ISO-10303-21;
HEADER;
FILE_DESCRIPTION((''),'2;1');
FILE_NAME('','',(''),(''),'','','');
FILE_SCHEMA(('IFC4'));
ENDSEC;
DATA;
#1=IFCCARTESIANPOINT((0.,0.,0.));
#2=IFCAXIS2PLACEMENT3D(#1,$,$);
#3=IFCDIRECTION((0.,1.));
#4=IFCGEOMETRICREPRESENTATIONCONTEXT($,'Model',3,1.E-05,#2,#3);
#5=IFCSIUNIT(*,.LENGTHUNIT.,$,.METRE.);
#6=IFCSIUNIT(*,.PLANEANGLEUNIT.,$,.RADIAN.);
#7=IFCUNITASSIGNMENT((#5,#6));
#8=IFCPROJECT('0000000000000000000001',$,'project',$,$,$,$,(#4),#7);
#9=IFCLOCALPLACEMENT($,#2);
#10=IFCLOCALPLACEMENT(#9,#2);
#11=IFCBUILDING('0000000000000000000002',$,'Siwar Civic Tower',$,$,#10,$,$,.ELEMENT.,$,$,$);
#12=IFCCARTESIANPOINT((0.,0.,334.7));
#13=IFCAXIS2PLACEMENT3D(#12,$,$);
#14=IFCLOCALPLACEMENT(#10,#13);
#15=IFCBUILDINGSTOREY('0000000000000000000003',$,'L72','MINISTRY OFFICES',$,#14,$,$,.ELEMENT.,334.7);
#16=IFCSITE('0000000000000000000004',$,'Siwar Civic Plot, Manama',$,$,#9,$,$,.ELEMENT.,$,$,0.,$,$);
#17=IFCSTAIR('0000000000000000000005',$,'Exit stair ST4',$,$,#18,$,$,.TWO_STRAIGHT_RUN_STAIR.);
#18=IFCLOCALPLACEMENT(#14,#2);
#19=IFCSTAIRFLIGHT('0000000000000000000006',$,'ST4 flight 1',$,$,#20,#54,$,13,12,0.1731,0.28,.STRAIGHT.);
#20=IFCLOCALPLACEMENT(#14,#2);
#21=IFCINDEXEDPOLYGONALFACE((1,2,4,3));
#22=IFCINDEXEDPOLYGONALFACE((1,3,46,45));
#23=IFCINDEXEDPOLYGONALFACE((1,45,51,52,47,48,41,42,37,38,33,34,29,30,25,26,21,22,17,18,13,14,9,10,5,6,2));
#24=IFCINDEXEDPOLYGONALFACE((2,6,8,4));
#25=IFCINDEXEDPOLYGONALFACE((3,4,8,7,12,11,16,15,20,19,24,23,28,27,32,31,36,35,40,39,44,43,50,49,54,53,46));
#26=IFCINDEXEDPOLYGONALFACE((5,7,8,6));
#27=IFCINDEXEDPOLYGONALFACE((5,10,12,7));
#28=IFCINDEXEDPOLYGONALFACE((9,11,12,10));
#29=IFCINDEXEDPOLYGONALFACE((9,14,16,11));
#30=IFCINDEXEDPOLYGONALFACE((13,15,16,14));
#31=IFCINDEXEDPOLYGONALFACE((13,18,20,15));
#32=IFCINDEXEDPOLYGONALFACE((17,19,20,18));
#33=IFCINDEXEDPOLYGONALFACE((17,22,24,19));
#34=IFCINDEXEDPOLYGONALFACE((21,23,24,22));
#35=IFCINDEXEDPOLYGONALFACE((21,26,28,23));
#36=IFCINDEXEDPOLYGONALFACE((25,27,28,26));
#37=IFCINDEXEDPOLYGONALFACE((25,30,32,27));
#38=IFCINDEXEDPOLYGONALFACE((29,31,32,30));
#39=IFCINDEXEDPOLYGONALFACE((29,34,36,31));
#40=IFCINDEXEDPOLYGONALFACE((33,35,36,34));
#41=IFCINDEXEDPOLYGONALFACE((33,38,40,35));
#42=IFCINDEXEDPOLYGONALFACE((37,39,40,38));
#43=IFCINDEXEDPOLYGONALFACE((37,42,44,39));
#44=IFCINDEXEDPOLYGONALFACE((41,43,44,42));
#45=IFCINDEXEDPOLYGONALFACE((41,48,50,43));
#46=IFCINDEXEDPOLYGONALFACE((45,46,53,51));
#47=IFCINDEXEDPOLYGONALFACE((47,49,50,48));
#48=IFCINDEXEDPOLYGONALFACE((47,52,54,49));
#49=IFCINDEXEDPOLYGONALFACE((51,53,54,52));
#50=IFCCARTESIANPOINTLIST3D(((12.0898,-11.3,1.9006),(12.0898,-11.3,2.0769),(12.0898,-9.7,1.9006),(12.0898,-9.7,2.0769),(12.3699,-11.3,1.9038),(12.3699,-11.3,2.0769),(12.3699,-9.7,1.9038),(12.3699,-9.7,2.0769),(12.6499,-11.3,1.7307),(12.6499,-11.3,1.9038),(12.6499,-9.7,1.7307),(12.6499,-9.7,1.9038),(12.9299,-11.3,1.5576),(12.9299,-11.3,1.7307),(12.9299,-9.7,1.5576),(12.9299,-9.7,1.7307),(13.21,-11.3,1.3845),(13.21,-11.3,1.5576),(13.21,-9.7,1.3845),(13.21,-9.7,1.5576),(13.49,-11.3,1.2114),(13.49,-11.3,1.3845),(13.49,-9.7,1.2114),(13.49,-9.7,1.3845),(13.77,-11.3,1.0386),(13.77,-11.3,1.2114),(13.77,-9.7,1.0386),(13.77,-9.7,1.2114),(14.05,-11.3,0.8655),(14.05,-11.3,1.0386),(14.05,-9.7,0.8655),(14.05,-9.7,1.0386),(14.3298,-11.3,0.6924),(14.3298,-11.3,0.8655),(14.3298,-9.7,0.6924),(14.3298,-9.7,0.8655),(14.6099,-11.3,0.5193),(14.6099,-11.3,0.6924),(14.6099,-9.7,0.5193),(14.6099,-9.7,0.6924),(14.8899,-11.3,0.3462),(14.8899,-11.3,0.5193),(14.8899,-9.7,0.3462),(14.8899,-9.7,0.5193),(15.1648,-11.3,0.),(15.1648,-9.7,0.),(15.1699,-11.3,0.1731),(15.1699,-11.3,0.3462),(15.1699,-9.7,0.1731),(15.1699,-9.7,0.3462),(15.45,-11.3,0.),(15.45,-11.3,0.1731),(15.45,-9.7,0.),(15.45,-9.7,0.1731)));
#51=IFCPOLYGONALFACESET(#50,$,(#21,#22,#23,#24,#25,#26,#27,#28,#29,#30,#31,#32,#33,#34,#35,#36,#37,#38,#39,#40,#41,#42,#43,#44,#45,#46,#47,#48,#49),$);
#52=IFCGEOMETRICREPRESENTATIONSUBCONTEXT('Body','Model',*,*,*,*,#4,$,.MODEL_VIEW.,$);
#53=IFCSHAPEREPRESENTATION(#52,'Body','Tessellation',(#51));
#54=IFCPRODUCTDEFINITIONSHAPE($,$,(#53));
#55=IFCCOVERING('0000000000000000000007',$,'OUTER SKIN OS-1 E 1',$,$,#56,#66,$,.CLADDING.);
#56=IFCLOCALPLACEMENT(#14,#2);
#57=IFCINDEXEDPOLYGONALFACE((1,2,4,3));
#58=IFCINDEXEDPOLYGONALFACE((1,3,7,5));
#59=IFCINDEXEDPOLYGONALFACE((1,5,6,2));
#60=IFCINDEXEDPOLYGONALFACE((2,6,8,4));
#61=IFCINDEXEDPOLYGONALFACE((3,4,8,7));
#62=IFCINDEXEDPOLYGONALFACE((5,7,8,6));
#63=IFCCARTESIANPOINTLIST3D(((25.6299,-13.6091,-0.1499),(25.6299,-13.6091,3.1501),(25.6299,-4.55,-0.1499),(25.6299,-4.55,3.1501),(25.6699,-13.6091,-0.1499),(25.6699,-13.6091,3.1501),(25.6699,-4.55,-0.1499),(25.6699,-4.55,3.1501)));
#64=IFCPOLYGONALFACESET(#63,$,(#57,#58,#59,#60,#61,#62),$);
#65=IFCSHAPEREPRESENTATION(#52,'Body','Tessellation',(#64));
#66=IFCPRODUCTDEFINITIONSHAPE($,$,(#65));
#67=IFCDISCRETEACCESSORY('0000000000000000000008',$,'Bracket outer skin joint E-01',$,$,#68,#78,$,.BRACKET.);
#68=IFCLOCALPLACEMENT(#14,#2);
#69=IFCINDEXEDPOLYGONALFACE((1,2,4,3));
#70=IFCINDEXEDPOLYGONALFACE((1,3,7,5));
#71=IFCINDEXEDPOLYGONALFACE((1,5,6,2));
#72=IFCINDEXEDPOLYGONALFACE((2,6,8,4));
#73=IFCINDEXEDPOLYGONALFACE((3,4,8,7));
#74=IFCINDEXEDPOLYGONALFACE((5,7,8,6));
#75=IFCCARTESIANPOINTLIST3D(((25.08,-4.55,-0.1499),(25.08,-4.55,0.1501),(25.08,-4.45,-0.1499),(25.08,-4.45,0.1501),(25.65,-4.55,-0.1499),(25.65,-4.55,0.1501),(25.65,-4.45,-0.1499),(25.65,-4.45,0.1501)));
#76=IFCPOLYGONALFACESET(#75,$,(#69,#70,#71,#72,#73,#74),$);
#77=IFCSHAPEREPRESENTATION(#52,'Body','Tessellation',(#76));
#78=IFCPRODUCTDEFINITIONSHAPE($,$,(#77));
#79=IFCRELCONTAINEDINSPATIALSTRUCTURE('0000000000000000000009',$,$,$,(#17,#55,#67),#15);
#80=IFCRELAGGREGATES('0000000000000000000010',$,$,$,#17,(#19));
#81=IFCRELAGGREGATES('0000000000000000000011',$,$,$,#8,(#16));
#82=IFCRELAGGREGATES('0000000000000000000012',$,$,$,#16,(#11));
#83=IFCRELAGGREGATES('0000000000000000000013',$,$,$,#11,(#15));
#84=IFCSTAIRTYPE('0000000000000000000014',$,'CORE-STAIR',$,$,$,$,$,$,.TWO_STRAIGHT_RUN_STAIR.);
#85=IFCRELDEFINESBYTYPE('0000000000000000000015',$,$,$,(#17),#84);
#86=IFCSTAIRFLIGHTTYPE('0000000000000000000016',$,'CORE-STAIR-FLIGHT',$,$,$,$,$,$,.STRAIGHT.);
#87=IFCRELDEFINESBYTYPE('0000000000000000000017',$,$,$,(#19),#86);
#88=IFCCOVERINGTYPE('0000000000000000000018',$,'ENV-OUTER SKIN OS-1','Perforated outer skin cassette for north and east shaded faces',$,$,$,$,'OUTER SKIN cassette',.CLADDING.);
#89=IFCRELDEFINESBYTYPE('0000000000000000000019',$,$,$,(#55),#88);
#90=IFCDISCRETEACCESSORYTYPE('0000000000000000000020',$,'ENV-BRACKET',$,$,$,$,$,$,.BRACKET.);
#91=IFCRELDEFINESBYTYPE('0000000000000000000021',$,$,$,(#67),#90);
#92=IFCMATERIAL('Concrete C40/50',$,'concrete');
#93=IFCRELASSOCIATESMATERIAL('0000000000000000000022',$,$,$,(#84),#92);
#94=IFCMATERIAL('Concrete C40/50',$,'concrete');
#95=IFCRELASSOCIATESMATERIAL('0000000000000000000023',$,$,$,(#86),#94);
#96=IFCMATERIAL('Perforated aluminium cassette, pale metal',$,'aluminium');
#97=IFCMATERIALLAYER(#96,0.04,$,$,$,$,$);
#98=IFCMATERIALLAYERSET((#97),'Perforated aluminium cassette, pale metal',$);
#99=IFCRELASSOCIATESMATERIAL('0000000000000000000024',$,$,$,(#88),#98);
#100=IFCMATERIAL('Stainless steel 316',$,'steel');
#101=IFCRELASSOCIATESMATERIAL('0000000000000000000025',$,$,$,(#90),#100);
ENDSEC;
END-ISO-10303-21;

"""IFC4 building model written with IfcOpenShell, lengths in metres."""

from ifc_helpers import new_model, si_unit, direction, frame, origin, origin_2d, place, context, subcontext, project, spatial, polyline, rectangle, outline, extrude, material, layer, layer_set, type_object, element, aggregate, save


model = new_model("IFC4")

# Units and contexts
model_context = context("Model", 3, precision=1e-05, world=origin(), true_north=direction((0.0, 1.0)))
body_context = subcontext(model_context, "Body", "Model", "MODEL_VIEW")
ifc_project = project(units=[si_unit("LENGTHUNIT", "METRE"), si_unit("PLANEANGLEUNIT", "RADIAN")], contexts=[model_context])

# Site, building, storey
site_placement = place(None, origin())
site = spatial("IfcSite", under=ifc_project, at=site_placement, Name="Siwar Civic Plot, Manama", CompositionType="ELEMENT", RefElevation=0.0)
building_placement = place(site_placement, origin())
building = spatial("IfcBuilding", under=site, at=building_placement, Name="Siwar Civic Tower", CompositionType="ELEMENT")
storey_placement = place(building_placement, frame((0.0, 0.0, 334.7)))
storey = spatial("IfcBuildingStorey", under=building, at=storey_placement, Name="L72", Description="MINISTRY OFFICES", CompositionType="ELEMENT", Elevation=334.7)

# Stair, stair flight
ifc_material_1 = material(Name="Concrete C40/50", Category="concrete")
stair_type = type_object("IfcStairType", Name="CORE-STAIR", PredefinedType="TWO_STRAIGHT_RUN_STAIR", material=ifc_material_1)
stair_placement = place(storey_placement, origin())
stair = element("IfcStair", 1, at=stair_placement, inside=storey, type_object=stair_type, Name="Exit stair ST4", PredefinedType="TWO_STRAIGHT_RUN_STAIR")
ifc_material_2 = material(Name="Concrete C40/50", Category="concrete")
stair_flight_type = type_object("IfcStairFlightType", Name="CORE-STAIR-FLIGHT", PredefinedType="STRAIGHT", material=ifc_material_2)
stair_flight_placement = place(storey_placement, frame((15.45, -10.5, 0.0), z_axis=(0.0, 0.0, 1.0), x_axis=(-1.0, 0.0, 0.0)))
stair_flight = element("IfcStairFlight", 2, at=stair_flight_placement, type_object=stair_flight_type, Name="ST4 flight 1", NumberOfRisers=13, NumberOfTreads=12, PredefinedType="STRAIGHT", RiserHeight=0.1731, TreadLength=0.28, context=body_context, shape_type="SweptSolid", body=[
    extrude(outline(polyline([(0.0, 0.0), (0.0, 0.1731), (0.28, 0.1731), (0.28, 0.3462), (0.5601, 0.3462), (0.5601, 0.5193), (0.8401, 0.5193), (0.8401, 0.6924), (1.1201, 0.6924), (1.1201, 0.8655), (1.3999, 0.8655), (1.3999, 1.0386), (1.6799, 1.0386), (1.6799, 1.2114), (1.96, 1.2114), (1.96, 1.3845), (2.24, 1.3845), (2.24, 1.5576), (2.52, 1.5576), (2.52, 1.7307), (2.8, 1.7307), (2.8, 1.9038), (3.0801, 1.9038), (3.0801, 2.0769), (3.3601, 2.0769), (3.3601, 2.25), (3.3601, 1.9006), (0.2852, 0.0), (0.0, 0.0)])), frame((0.0, 0.8, 0.0), z_axis=(0.0, -1.0, 0.0), x_axis=(1.0, 0.0, 0.0)), (0.0, 0.0, 1.0), 1.6001),
])
aggregate(stair, [stair_flight])

# Covering
ifc_material_3 = material(Name="Perforated aluminium cassette, pale metal", Category="aluminium")
ifc_layer_1 = layer(ifc_material_3, 0.04)
ifc_layer_set_1 = layer_set([ifc_layer_1], Name="Perforated aluminium cassette, pale metal")
covering_type = type_object("IfcCoveringType", Name="ENV-OUTER SKIN OS-1", Description="Perforated outer skin cassette for north and east shaded faces", ElementType="OUTER SKIN cassette", PredefinedType="CLADDING", material=ifc_layer_set_1)
covering_placement = place(storey_placement, frame((25.6499, -9.0796, -0.1499), z_axis=(0.0, 0.0, 1.0), x_axis=(0.0, 1.0, 0.0)))
element("IfcCovering", 3, at=covering_placement, inside=storey, type_object=covering_type, Name="OUTER SKIN OS-1 E 1", PredefinedType="CLADDING", context=body_context, shape_type="SweptSolid", body=[
    extrude(rectangle(XDim=9.0591, YDim=0.04, at=origin_2d()), origin(), (0.0, 0.0, 1.0), 3.3),
])

# Discrete accessory
ifc_material_4 = material(Name="Stainless steel 316", Category="steel")
discrete_accessory_type = type_object("IfcDiscreteAccessoryType", Name="ENV-BRACKET", PredefinedType="BRACKET", material=ifc_material_4)
discrete_accessory_placement = place(storey_placement, frame((25.365, -4.5, -0.1499), z_axis=(0.0, 0.0, 1.0), x_axis=(1.0, 0.0, 0.0)))
element("IfcDiscreteAccessory", 4, at=discrete_accessory_placement, inside=storey, type_object=discrete_accessory_type, Name="Bracket outer skin joint E-01", PredefinedType="BRACKET", context=body_context, shape_type="SweptSolid", body=[
    extrude(rectangle(XDim=0.5701, YDim=0.1001, at=origin_2d()), origin(), (0.0, 0.0, 1.0), 0.3),
])

save(model, "model.ifc")
